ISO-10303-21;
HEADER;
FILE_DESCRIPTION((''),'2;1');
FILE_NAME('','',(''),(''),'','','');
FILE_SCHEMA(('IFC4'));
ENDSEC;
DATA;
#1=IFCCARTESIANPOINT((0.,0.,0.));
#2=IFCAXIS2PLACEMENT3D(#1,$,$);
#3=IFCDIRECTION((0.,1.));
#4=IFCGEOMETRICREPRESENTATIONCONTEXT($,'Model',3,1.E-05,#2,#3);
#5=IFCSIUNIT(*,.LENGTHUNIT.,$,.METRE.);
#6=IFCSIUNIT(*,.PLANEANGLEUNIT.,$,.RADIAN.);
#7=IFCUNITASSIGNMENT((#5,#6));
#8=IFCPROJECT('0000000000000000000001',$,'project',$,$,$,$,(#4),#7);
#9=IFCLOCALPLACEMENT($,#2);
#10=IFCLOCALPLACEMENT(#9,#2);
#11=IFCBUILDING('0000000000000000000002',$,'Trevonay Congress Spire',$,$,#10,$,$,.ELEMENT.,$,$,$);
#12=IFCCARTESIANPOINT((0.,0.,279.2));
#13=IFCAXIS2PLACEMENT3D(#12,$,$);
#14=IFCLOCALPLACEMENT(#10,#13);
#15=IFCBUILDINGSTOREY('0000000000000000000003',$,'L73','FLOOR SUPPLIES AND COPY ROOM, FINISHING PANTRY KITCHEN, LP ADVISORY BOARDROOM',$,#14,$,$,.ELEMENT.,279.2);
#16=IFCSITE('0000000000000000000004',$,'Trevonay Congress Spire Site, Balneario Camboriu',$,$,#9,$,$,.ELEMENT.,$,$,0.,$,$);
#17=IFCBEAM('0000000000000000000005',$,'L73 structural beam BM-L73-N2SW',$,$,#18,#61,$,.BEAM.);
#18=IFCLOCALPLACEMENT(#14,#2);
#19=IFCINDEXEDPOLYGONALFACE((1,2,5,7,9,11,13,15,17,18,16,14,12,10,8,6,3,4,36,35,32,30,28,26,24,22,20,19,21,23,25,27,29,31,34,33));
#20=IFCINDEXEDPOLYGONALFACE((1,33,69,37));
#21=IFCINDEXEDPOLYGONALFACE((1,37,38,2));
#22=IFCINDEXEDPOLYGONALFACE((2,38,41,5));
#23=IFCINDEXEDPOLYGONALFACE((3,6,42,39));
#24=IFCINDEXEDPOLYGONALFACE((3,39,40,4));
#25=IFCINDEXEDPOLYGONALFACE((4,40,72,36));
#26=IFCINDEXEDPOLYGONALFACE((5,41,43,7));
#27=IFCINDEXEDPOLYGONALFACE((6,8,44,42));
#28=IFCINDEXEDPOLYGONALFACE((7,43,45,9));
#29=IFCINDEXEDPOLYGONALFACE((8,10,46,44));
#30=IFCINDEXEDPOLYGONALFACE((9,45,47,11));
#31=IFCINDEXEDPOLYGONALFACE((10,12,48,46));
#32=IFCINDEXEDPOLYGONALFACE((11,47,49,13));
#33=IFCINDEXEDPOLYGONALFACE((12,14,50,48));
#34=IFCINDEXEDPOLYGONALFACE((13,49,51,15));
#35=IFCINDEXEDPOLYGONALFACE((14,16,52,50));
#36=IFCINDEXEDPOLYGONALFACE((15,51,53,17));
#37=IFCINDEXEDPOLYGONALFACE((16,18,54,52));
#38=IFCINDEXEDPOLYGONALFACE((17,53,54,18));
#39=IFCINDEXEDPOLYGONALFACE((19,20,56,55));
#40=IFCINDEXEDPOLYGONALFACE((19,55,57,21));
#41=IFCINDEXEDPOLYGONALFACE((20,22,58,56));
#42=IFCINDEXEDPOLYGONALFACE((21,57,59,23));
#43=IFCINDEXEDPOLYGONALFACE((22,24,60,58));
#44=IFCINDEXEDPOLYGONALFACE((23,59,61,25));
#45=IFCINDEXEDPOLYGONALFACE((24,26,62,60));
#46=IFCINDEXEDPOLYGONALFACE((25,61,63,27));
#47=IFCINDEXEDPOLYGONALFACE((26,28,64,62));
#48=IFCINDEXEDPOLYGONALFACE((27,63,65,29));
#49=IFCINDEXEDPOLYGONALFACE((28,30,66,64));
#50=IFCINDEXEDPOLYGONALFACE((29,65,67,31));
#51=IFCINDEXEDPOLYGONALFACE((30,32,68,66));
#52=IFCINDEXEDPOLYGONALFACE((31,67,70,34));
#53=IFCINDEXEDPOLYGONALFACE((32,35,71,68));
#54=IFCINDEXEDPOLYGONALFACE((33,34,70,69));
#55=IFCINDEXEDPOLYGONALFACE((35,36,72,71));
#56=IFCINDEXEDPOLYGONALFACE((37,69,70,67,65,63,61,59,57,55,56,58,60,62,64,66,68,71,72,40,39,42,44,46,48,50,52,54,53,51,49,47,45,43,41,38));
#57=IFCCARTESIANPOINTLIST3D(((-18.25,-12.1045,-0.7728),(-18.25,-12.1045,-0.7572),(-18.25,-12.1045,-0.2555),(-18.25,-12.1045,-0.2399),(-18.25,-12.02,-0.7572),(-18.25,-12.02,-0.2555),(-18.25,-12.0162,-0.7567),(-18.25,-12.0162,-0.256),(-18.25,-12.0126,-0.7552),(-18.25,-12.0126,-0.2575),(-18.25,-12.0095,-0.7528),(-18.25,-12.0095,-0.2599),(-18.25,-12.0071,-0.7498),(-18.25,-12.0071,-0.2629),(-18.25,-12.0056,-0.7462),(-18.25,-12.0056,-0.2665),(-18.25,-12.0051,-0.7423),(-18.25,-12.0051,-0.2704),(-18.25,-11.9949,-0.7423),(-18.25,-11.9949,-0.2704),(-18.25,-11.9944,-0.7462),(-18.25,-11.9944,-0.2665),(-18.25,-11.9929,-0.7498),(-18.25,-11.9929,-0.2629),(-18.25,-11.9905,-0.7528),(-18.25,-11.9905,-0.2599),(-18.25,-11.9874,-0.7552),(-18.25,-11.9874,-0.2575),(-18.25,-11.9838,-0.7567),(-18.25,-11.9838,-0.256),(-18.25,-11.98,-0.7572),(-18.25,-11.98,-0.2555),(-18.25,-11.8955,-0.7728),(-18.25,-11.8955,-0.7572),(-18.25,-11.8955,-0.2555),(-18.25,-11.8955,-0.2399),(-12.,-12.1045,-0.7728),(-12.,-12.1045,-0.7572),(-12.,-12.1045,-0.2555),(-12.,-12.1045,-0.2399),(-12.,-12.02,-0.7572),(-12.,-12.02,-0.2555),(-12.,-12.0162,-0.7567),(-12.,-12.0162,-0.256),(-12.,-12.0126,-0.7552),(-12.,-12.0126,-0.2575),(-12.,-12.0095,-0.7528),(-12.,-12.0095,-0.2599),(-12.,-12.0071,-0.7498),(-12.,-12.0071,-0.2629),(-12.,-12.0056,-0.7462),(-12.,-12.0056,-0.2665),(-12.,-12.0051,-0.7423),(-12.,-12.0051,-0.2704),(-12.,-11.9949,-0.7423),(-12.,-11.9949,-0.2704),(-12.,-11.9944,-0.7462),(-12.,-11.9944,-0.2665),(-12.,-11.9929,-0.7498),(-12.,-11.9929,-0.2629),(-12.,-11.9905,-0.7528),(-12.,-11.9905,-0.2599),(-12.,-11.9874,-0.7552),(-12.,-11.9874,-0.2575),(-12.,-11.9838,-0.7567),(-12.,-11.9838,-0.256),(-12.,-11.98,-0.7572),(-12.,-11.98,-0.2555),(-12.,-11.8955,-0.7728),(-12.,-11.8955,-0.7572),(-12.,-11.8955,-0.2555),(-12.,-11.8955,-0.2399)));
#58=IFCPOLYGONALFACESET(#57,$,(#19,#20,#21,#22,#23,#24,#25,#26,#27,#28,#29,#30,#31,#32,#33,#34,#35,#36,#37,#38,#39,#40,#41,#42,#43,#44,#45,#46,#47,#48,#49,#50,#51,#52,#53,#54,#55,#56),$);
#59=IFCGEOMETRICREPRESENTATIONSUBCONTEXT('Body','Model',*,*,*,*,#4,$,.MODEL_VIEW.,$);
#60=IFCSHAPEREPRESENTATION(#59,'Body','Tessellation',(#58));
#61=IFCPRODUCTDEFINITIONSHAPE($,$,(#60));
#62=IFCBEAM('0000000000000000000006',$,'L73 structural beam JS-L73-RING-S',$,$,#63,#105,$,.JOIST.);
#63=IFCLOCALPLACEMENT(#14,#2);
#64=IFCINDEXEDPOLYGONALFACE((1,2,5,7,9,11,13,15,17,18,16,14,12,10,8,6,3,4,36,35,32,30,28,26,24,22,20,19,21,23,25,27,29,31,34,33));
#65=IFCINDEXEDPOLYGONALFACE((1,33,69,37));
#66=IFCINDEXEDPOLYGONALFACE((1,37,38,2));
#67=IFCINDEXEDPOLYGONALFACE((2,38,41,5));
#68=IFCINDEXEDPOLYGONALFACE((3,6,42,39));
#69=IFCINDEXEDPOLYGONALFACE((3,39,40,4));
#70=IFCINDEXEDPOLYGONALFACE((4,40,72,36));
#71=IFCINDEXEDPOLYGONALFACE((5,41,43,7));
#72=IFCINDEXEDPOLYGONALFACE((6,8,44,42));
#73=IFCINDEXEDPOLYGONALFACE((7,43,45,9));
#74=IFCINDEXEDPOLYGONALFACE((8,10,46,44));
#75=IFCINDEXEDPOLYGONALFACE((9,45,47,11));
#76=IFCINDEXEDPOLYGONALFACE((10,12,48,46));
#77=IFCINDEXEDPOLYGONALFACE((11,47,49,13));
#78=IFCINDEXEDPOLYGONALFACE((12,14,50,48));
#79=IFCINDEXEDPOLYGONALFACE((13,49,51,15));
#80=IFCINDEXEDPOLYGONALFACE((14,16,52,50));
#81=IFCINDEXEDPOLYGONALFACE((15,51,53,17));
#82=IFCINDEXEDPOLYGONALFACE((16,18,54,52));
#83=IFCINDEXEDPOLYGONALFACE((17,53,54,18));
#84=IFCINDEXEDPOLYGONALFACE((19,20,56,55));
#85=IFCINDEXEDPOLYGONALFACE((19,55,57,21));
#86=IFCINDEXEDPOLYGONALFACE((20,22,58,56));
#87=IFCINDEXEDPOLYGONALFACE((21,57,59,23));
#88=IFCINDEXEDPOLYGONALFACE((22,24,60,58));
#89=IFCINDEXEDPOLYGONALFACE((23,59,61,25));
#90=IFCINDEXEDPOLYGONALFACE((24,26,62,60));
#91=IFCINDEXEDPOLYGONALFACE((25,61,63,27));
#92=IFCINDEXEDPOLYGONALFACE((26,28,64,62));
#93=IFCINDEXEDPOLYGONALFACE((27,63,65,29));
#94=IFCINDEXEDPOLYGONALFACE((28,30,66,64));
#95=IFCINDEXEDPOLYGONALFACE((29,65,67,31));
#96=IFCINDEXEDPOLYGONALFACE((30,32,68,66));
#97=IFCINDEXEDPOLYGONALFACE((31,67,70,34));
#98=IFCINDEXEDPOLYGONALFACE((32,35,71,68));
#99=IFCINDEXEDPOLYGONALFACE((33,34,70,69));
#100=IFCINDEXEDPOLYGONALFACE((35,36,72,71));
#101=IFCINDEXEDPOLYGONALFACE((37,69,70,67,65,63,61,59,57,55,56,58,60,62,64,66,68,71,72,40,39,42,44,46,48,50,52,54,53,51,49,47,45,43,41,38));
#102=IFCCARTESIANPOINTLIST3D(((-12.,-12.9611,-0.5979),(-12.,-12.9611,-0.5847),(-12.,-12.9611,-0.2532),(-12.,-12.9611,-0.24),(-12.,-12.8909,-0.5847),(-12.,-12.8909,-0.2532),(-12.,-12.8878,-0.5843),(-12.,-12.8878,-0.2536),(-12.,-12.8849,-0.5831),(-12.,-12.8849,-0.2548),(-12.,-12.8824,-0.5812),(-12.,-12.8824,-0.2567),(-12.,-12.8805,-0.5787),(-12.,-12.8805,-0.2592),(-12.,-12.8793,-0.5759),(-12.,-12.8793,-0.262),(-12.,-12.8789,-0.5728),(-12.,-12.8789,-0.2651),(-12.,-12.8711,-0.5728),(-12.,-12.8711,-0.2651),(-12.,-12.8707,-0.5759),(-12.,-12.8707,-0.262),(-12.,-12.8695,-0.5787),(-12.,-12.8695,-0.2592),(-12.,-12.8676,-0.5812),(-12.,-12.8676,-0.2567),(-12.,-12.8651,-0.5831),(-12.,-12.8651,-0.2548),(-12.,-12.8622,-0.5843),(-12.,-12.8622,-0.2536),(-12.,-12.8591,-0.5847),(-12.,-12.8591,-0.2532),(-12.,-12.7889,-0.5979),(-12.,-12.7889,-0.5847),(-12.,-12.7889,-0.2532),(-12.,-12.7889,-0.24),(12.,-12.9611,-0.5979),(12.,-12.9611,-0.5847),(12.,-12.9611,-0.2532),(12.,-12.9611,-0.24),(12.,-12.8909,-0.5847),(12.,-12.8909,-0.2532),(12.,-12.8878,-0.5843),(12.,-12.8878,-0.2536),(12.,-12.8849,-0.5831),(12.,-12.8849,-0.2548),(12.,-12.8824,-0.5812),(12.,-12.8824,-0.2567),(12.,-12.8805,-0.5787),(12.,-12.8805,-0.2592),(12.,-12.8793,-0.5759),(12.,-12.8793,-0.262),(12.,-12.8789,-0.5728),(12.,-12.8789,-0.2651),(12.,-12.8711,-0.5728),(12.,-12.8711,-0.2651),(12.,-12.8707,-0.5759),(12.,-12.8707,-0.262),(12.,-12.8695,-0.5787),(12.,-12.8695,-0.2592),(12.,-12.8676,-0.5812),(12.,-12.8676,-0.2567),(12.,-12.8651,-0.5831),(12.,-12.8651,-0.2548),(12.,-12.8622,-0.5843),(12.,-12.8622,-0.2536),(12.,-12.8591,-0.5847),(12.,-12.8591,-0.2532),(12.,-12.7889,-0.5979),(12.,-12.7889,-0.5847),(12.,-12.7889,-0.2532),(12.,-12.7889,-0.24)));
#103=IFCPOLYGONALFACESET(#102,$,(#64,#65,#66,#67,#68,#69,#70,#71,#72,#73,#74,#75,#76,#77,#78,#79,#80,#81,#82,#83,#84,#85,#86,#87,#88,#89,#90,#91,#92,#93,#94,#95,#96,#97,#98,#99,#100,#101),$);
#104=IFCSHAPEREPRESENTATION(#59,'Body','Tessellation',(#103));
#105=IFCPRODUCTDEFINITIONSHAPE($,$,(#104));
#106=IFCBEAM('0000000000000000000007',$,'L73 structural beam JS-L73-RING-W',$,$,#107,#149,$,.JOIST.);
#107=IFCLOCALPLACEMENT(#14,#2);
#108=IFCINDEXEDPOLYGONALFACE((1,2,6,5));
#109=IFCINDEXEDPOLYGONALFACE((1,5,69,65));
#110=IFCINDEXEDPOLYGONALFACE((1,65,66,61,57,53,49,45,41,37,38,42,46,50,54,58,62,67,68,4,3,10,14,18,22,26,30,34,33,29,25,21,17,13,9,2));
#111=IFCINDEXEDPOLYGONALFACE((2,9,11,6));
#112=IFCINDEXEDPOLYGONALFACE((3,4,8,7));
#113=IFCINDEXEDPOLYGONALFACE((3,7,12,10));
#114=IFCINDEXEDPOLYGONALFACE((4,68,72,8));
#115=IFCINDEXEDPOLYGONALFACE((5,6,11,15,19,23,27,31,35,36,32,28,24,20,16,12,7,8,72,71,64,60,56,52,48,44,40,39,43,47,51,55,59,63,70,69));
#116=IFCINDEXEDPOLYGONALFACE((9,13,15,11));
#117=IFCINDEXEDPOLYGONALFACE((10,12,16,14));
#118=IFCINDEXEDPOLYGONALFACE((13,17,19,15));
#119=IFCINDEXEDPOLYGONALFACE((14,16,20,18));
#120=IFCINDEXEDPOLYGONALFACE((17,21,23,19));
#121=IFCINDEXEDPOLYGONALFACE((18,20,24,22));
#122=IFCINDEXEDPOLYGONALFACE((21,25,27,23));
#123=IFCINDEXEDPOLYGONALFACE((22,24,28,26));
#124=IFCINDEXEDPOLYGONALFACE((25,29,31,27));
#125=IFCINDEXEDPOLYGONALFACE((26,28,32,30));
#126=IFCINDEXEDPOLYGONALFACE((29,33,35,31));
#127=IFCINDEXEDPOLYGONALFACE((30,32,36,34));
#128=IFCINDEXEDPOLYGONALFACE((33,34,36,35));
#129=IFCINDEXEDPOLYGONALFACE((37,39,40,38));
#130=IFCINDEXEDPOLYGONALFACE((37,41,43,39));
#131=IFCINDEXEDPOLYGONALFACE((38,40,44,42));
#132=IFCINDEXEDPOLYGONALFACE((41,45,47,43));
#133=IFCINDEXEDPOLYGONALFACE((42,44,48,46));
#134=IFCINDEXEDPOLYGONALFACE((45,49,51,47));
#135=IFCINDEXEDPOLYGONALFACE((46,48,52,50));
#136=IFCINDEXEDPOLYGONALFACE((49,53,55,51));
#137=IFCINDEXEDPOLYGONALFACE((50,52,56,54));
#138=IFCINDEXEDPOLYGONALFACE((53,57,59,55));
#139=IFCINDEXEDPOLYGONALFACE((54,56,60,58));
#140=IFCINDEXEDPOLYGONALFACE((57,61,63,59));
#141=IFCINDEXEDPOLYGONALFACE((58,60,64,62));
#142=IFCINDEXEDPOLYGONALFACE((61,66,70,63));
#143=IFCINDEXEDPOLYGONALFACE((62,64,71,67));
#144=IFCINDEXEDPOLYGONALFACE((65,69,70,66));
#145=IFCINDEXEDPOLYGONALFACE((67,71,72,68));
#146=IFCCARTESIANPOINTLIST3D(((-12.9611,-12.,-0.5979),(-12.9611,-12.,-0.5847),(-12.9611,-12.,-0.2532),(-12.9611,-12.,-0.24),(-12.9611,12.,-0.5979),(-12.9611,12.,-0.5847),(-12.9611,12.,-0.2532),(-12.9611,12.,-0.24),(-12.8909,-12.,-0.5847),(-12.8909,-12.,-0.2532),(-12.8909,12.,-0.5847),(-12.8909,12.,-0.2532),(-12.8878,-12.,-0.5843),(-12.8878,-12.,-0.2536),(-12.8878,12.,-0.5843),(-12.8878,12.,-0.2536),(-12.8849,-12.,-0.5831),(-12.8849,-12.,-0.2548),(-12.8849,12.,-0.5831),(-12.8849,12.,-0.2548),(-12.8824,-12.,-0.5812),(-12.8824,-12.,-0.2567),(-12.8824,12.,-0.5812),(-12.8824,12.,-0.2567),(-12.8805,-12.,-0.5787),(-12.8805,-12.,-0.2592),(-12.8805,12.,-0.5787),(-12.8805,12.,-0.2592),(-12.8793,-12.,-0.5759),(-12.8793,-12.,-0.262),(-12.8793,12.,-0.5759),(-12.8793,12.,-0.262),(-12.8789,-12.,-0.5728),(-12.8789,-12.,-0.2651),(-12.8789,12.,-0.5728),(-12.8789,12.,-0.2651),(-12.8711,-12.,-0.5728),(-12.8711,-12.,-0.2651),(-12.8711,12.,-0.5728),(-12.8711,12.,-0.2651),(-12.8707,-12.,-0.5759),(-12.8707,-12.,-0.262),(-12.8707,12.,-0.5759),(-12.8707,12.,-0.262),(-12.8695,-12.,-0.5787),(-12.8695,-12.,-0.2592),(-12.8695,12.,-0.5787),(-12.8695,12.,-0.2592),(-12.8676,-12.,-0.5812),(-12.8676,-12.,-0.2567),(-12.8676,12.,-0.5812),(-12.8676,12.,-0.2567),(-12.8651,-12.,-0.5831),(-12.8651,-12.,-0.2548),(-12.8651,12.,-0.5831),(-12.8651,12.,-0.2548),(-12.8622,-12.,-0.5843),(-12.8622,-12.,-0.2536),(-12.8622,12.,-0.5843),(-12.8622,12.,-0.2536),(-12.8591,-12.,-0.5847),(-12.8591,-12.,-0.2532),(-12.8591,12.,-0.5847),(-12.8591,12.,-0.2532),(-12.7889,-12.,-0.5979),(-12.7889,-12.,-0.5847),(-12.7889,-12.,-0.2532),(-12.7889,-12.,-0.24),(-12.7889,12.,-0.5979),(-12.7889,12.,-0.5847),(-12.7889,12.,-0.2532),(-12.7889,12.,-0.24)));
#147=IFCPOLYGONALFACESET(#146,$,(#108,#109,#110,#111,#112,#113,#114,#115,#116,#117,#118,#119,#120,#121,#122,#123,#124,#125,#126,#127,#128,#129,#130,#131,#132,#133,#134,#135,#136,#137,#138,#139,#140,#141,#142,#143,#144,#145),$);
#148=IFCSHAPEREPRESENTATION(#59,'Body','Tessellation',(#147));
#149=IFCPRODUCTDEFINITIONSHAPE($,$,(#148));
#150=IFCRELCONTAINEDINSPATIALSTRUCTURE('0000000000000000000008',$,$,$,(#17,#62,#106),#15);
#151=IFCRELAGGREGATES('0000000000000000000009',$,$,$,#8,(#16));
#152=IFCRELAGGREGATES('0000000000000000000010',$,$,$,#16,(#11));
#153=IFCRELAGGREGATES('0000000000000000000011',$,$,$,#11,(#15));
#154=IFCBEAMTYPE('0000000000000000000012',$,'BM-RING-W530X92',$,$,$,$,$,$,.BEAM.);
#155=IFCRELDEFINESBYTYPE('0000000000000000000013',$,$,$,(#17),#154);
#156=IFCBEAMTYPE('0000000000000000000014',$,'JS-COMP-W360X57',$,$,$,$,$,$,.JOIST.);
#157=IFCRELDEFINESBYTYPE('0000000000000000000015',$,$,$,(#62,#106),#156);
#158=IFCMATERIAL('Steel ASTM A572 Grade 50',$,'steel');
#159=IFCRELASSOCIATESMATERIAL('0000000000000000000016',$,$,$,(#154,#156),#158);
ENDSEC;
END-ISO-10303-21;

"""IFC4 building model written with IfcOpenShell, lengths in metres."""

from ifc_helpers import new_model, si_unit, direction, frame, origin, origin_2d, place, context, subcontext, project, spatial, i_section, extrude, material, material_profile, profile_set, type_object, element, save


model = new_model("IFC4")

# Units and contexts
model_context = context("Model", 3, precision=1e-05, world=origin(), true_north=direction((0.0, 1.0)))
body_context = subcontext(model_context, "Body", "Model", "MODEL_VIEW")
ifc_project = project(units=[si_unit("LENGTHUNIT", "METRE"), si_unit("PLANEANGLEUNIT", "RADIAN")], contexts=[model_context])

# Site, building, storey
site_placement = place(None, origin())
site = spatial("IfcSite", under=ifc_project, at=site_placement, Name="Trevonay Congress Spire Site, Balneario Camboriu", CompositionType="ELEMENT", RefElevation=0.0)
building_placement = place(site_placement, origin())
building = spatial("IfcBuilding", under=site, at=building_placement, Name="Trevonay Congress Spire", CompositionType="ELEMENT")
storey_placement = place(building_placement, frame((0.0, 0.0, 279.2)))
storey = spatial("IfcBuildingStorey", under=building, at=storey_placement, Name="L73", Description="FLOOR SUPPLIES AND COPY ROOM, FINISHING PANTRY KITCHEN, LP ADVISORY BOARDROOM", CompositionType="ELEMENT", Elevation=279.2)

# Shared definitions
ifc_material_1 = material(Name="Steel ASTM A572 Grade 50", Category="steel")

# Beams
ifc_material_profile_1 = material_profile(ifc_material_1, i_section(OverallWidth=0.209, OverallDepth=0.533, WebThickness=0.0103, FlangeThickness=0.0156, FilletRadius=0.0149, at=origin_2d()), Name="W530x92")
ifc_profile_set_1 = profile_set([ifc_material_profile_1], Name="Steel ASTM A572 Grade 50")
beam_type_1 = type_object("IfcBeamType", Name="BM-RING-W530X92", PredefinedType="BEAM", material=ifc_profile_set_1)
for number, where, z_axis, x_axis, name in (
    (1, (-18.25, -12.0, -0.5063), (1.0, 0.0, 0.0), (0.0, 1.0, 0.0), "L73 structural beam BM-L73-N2SW"),
):
    element("IfcBeam", number, at=place(storey_placement, frame(where, z_axis=z_axis, x_axis=x_axis)), inside=storey, type_object=beam_type_1, Name=name, PredefinedType="BEAM", context=body_context, shape_type="SweptSolid", body=[
        extrude(i_section(OverallWidth=0.209, OverallDepth=0.533, WebThickness=0.0103, FlangeThickness=0.0156, FilletRadius=0.0149, at=origin_2d()), origin(), (0.0, 0.0, 1.0), 6.25),
    ])
ifc_material_profile_2 = material_profile(ifc_material_1, i_section(OverallWidth=0.1721, OverallDepth=0.3579, WebThickness=0.0078, FlangeThickness=0.0132, FilletRadius=0.012, at=origin_2d()), Name="W360x57.8")
ifc_profile_set_2 = profile_set([ifc_material_profile_2], Name="Steel ASTM A572 Grade 50")
beam_type_2 = type_object("IfcBeamType", Name="JS-COMP-W360X57", PredefinedType="JOIST", material=ifc_profile_set_2)
for number, where, z_axis, x_axis, name in (
    (2, (-12.0, -12.875, -0.4189), (1.0, 0.0, 0.0), (0.0, 1.0, 0.0), "L73 structural beam JS-L73-RING-S"),
    (3, (-12.875, -12.0, -0.4189), (0.0, 1.0, 0.0), (-1.0, 0.0, 0.0), "L73 structural beam JS-L73-RING-W"),
):
    element("IfcBeam", number, at=place(storey_placement, frame(where, z_axis=z_axis, x_axis=x_axis)), inside=storey, type_object=beam_type_2, Name=name, PredefinedType="JOIST", context=body_context, shape_type="SweptSolid", body=[
        extrude(i_section(OverallWidth=0.1721, OverallDepth=0.3579, WebThickness=0.0078, FlangeThickness=0.0132, FilletRadius=0.012, at=origin_2d()), origin(), (0.0, 0.0, 1.0), 24.0),
    ])

save(model, "model.ifc")
